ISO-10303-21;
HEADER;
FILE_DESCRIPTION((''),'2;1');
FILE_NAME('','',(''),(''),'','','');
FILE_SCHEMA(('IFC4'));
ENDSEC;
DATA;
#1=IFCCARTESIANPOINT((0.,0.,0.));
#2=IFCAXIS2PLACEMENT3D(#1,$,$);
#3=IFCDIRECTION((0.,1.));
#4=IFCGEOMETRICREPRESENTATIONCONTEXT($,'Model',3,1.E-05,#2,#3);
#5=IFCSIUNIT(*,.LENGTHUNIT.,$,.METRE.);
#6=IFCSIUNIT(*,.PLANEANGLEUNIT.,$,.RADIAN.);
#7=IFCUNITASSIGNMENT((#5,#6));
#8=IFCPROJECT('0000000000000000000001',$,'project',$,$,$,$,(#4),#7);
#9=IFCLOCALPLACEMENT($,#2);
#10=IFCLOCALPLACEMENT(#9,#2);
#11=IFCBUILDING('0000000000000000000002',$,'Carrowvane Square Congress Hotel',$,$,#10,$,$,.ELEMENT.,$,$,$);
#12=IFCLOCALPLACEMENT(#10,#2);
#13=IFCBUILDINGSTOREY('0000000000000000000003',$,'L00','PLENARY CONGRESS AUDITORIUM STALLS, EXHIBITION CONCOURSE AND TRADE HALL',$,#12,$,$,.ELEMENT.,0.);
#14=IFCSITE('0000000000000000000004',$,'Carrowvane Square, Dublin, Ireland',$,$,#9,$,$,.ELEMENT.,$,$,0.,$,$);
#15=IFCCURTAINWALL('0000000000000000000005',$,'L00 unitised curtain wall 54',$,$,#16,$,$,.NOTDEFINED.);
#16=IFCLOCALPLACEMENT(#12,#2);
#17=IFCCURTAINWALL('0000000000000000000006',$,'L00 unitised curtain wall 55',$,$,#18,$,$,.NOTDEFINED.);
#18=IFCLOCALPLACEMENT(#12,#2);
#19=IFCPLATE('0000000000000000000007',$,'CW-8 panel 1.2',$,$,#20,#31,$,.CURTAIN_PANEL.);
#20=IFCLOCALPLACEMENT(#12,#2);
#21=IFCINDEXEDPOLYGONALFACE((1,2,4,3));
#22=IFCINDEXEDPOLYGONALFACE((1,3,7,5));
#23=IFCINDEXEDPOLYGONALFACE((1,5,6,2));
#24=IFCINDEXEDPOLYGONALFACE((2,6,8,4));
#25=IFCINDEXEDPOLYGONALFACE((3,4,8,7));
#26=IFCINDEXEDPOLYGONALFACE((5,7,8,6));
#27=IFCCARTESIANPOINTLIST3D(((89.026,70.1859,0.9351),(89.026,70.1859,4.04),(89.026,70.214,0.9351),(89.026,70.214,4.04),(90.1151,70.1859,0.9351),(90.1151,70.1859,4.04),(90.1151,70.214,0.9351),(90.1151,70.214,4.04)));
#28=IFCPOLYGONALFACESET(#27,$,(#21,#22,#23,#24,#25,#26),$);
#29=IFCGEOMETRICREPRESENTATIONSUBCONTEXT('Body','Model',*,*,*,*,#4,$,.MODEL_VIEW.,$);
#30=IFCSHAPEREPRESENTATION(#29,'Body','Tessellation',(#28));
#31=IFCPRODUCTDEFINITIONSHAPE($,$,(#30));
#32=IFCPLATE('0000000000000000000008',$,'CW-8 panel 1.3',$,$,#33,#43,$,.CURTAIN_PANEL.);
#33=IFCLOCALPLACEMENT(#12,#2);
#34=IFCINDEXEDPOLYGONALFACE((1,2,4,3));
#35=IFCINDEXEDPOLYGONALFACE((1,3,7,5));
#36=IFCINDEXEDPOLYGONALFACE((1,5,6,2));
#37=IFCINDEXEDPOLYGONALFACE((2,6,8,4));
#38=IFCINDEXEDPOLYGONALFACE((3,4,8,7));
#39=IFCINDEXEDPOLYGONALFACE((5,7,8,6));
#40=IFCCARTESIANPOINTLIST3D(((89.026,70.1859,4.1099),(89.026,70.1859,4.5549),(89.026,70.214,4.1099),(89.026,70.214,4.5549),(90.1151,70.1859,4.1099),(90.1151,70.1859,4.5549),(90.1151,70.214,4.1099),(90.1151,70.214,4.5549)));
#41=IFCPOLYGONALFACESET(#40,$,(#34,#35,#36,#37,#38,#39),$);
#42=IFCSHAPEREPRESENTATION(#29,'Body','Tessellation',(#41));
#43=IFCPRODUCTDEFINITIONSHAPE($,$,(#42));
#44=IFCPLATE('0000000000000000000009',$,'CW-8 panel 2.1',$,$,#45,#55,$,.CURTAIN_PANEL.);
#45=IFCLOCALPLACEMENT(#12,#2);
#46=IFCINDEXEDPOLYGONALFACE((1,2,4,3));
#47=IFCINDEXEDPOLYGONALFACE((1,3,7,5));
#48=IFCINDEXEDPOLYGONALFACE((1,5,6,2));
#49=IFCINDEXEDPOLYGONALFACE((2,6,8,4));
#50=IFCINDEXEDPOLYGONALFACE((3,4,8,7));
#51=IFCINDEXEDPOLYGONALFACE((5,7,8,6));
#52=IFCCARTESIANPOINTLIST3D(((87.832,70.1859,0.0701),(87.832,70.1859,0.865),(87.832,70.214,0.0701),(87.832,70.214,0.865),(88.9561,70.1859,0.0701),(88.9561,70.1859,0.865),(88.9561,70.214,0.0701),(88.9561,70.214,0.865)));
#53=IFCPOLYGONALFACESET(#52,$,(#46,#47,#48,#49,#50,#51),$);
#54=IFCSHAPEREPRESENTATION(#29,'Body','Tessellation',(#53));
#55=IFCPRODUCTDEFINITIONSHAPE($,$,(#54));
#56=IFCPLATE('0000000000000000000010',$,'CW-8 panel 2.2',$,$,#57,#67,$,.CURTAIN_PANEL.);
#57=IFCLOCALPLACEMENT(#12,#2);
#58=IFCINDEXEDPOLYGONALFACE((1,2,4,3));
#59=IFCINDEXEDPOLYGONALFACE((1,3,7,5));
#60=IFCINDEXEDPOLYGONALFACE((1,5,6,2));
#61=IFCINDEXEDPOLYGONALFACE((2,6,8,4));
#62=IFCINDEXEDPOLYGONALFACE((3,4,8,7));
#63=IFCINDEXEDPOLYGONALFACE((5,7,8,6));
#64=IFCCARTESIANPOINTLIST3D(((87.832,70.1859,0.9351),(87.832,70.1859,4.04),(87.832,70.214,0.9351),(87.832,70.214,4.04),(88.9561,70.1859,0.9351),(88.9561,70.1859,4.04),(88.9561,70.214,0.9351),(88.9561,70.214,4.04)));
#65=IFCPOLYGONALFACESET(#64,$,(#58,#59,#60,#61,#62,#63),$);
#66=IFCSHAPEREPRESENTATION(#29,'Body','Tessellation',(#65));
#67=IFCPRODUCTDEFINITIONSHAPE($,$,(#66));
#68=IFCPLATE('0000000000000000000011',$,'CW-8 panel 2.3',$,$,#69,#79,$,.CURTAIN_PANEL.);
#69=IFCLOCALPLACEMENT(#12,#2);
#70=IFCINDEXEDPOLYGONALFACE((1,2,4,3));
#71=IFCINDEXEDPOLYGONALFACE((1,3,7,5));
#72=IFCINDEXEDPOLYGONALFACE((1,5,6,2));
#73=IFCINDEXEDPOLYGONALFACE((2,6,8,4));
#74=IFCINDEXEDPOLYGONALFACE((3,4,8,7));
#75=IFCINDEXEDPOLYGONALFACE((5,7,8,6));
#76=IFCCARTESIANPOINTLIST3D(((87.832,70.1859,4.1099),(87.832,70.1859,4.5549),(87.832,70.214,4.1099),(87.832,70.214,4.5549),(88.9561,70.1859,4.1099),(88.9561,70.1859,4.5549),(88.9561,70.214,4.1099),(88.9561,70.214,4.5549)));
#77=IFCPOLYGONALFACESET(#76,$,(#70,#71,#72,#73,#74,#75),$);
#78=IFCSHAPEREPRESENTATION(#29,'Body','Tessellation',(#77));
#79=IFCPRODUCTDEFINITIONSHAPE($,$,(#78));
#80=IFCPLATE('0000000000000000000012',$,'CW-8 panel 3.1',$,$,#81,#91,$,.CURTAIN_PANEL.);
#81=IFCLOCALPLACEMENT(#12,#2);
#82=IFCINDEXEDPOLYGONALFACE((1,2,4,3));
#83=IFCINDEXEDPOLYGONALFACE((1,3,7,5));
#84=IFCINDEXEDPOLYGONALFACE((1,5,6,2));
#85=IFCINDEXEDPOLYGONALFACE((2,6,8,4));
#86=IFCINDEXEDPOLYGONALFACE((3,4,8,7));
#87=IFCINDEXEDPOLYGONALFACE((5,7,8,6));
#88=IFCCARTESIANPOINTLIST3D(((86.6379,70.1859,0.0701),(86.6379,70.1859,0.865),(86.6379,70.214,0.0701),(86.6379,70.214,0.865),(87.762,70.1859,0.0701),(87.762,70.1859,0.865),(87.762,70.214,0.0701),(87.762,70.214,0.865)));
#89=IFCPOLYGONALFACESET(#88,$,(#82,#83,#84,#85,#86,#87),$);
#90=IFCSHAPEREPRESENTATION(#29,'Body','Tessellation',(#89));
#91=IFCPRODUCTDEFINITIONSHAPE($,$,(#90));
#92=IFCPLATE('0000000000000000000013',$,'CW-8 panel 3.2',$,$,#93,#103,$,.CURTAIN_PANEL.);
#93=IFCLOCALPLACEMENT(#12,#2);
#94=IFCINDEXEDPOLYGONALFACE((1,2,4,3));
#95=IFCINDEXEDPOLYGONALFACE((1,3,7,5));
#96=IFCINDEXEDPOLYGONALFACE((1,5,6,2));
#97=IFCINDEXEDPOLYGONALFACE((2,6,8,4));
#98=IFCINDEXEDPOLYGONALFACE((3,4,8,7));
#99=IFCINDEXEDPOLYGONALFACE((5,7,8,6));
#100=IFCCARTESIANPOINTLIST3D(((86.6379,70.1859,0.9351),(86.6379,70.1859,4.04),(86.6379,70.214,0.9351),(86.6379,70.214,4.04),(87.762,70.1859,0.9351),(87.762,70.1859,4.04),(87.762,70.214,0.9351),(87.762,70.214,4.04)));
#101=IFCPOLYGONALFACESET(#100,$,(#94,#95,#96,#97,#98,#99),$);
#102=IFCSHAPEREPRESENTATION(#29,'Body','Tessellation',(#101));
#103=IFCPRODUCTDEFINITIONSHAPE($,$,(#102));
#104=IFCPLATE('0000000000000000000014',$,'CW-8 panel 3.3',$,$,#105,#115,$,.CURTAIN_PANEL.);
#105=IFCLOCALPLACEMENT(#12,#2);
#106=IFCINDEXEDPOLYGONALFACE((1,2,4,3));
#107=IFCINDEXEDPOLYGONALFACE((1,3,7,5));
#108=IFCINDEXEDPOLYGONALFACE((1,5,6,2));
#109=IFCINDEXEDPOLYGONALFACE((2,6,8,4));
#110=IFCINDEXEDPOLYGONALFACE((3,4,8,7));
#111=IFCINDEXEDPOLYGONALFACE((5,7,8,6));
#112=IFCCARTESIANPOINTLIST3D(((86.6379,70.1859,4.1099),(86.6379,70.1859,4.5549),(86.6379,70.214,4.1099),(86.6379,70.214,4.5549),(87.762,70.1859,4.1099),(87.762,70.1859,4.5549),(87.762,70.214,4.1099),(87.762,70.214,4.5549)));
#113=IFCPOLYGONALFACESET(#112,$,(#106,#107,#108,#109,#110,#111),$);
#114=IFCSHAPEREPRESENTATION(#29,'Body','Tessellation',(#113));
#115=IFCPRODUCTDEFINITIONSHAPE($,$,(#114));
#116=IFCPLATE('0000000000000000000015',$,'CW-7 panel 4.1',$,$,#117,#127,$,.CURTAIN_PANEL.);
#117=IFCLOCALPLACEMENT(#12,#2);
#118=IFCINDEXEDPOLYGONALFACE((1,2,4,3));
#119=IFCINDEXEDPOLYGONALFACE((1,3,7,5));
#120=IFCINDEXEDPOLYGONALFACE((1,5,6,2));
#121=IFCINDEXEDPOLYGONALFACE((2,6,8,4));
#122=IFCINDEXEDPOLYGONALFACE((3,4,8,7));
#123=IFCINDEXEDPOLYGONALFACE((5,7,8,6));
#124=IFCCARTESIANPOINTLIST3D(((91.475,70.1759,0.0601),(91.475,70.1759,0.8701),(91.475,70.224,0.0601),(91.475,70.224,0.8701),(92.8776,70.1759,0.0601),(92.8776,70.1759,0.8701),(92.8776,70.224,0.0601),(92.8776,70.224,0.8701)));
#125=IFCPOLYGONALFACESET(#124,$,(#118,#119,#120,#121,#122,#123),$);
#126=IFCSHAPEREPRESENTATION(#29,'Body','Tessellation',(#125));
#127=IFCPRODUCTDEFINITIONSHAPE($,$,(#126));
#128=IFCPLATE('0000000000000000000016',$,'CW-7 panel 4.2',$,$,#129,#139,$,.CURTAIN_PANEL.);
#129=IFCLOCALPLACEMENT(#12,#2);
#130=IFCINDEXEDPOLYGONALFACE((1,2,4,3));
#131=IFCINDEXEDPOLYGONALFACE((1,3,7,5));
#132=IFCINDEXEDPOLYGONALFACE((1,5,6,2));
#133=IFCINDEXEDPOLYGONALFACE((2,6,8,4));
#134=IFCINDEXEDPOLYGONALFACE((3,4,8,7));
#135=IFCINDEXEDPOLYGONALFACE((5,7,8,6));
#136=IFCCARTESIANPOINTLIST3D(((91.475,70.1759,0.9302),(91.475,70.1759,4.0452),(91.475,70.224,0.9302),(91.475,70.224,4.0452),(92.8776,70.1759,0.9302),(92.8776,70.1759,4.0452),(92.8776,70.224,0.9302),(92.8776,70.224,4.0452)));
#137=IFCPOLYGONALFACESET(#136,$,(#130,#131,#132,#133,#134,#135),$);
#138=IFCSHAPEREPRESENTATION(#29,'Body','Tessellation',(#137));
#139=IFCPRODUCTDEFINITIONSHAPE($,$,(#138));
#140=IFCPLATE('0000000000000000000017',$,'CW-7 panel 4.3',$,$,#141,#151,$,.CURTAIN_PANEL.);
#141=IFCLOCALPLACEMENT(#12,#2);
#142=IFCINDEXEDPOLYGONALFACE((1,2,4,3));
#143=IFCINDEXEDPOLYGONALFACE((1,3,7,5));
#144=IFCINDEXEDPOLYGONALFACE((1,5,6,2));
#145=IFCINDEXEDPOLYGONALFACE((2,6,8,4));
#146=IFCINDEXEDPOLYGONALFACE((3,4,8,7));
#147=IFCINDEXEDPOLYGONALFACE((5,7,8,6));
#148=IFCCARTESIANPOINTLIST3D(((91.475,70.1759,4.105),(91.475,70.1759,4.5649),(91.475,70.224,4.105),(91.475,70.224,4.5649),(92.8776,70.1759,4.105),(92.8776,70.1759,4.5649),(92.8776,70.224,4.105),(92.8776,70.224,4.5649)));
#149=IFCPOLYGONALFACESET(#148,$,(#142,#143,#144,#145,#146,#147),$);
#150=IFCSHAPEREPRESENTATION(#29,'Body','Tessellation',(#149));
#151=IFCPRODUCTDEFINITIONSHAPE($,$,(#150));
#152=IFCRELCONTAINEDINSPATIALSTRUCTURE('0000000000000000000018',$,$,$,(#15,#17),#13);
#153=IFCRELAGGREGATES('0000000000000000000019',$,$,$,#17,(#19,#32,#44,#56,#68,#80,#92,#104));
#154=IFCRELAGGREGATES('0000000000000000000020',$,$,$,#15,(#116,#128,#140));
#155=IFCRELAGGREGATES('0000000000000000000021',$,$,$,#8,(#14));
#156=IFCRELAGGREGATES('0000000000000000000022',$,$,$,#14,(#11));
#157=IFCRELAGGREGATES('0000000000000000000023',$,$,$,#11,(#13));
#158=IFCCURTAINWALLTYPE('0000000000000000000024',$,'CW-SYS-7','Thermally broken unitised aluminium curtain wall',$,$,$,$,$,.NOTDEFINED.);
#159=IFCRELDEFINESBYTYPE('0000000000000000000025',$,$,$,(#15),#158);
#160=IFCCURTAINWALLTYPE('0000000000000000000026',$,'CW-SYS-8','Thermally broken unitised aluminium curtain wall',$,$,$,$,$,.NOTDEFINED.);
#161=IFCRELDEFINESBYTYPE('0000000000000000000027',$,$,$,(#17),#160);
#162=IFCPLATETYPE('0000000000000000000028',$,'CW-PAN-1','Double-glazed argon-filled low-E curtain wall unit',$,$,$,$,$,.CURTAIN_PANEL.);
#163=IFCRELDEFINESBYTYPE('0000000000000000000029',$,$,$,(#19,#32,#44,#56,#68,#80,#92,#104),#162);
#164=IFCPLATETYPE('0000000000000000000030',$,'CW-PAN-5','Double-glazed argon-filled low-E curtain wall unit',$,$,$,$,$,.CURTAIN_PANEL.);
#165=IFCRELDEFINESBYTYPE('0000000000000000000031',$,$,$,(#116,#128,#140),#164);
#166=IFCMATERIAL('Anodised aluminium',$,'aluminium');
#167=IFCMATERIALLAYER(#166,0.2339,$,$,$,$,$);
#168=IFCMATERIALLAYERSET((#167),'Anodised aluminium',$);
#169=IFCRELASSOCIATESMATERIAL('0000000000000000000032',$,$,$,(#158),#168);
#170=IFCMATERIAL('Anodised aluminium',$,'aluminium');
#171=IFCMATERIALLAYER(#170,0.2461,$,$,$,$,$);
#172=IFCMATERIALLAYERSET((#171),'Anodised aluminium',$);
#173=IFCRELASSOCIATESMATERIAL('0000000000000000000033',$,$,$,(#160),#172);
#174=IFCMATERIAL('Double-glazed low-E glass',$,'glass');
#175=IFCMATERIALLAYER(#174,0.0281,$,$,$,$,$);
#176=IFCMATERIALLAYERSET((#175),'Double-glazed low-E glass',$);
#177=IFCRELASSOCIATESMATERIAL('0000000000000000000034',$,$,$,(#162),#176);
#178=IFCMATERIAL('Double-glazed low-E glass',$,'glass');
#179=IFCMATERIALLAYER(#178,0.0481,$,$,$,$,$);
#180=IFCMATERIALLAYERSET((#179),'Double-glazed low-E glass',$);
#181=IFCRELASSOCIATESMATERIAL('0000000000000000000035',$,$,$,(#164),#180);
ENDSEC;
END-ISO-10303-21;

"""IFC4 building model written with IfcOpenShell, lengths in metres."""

from ifc_helpers import new_model, si_unit, direction, frame, origin, origin_2d, place, context, subcontext, project, spatial, rectangle, extrude, material, layer, layer_set, type_object, element, aggregate, save


model = new_model("IFC4")

# Units and contexts
model_context = context("Model", 3, precision=1e-05, world=origin(), true_north=direction((0.0, 1.0)))
body_context = subcontext(model_context, "Body", "Model", "MODEL_VIEW")
ifc_project = project(units=[si_unit("LENGTHUNIT", "METRE"), si_unit("PLANEANGLEUNIT", "RADIAN")], contexts=[model_context])

# Site, building, storey
site_placement = place(None, origin())
site = spatial("IfcSite", under=ifc_project, at=site_placement, Name="Carrowvane Square, Dublin, Ireland", CompositionType="ELEMENT", RefElevation=0.0)
building_placement = place(site_placement, origin())
building = spatial("IfcBuilding", under=site, at=building_placement, Name="Carrowvane Square Congress Hotel", CompositionType="ELEMENT")
storey_placement = place(building_placement, origin())
storey = spatial("IfcBuildingStorey", under=building, at=storey_placement, Name="L00", Description="PLENARY CONGRESS AUDITORIUM STALLS, EXHIBITION CONCOURSE AND TRADE HALL", CompositionType="ELEMENT", Elevation=0.0)

# Curtain walls
ifc_material_1 = material(Name="Anodised aluminium", Category="aluminium")
ifc_layer_1 = layer(ifc_material_1, 0.2339)
ifc_layer_set_1 = layer_set([ifc_layer_1], Name="Anodised aluminium")
curtain_wall_type_1 = type_object("IfcCurtainWallType", Name="CW-SYS-7", Description="Thermally broken unitised aluminium curtain wall", PredefinedType="NOTDEFINED", material=ifc_layer_set_1)
curtain_wall_1_placement = place(storey_placement, origin())
curtain_wall_1 = element("IfcCurtainWall", 1, at=curtain_wall_1_placement, inside=storey, type_object=curtain_wall_type_1, Name="L00 unitised curtain wall 54", PredefinedType="NOTDEFINED")
ifc_material_2 = material(Name="Anodised aluminium", Category="aluminium")
ifc_layer_2 = layer(ifc_material_2, 0.2461)
ifc_layer_set_2 = layer_set([ifc_layer_2], Name="Anodised aluminium")
curtain_wall_type_2 = type_object("IfcCurtainWallType", Name="CW-SYS-8", Description="Thermally broken unitised aluminium curtain wall", PredefinedType="NOTDEFINED", material=ifc_layer_set_2)
curtain_wall_2_placement = place(storey_placement, origin())
curtain_wall_2 = element("IfcCurtainWall", 2, at=curtain_wall_2_placement, inside=storey, type_object=curtain_wall_type_2, Name="L00 unitised curtain wall 55", PredefinedType="NOTDEFINED")

# Plates
ifc_material_3 = material(Name="Double-glazed low-E glass", Category="glass")
ifc_layer_3 = layer(ifc_material_3, 0.0281)
ifc_layer_set_3 = layer_set([ifc_layer_3], Name="Double-glazed low-E glass")
plate_type_1 = type_object("IfcPlateType", Name="CW-PAN-1", Description="Double-glazed argon-filled low-E curtain wall unit", PredefinedType="CURTAIN_PANEL", material=ifc_layer_set_3)
plate_1_placement = place(storey_placement, frame((89.5706, 70.2, 0.9351), z_axis=(0.0, 0.0, 1.0), x_axis=(-1.0, 0.0, 0.0)))
plate_1 = element("IfcPlate", 3, at=plate_1_placement, type_object=plate_type_1, Name="CW-8 panel 1.2", PredefinedType="CURTAIN_PANEL", context=body_context, shape_type="SweptSolid", body=[
    extrude(rectangle(XDim=1.0891, YDim=0.0281, at=origin_2d()), origin(), (0.0, 0.0, 1.0), 3.105),
])
plate_2_placement = place(storey_placement, frame((89.5706, 70.2, 4.1099), z_axis=(0.0, 0.0, 1.0), x_axis=(-1.0, 0.0, 0.0)))
plate_2 = element("IfcPlate", 4, at=plate_2_placement, type_object=plate_type_1, Name="CW-8 panel 1.3", PredefinedType="CURTAIN_PANEL", context=body_context, shape_type="SweptSolid", body=[
    extrude(rectangle(XDim=1.0891, YDim=0.0281, at=origin_2d()), origin(), (0.0, 0.0, 1.0), 0.4451),
])
plate_3_placement = place(storey_placement, frame((88.394, 70.2, 0.0701), z_axis=(0.0, 0.0, 1.0), x_axis=(-1.0, 0.0, 0.0)))
plate_3 = element("IfcPlate", 5, at=plate_3_placement, type_object=plate_type_1, Name="CW-8 panel 2.1", PredefinedType="CURTAIN_PANEL", context=body_context, shape_type="SweptSolid", body=[
    extrude(rectangle(XDim=1.124, YDim=0.0281, at=origin_2d()), origin(), (0.0, 0.0, 1.0), 0.7949),
])
plate_4_placement = place(storey_placement, frame((88.394, 70.2, 0.9351), z_axis=(0.0, 0.0, 1.0), x_axis=(-1.0, 0.0, 0.0)))
plate_4 = element("IfcPlate", 6, at=plate_4_placement, type_object=plate_type_1, Name="CW-8 panel 2.2", PredefinedType="CURTAIN_PANEL", context=body_context, shape_type="SweptSolid", body=[
    extrude(rectangle(XDim=1.124, YDim=0.0281, at=origin_2d()), origin(), (0.0, 0.0, 1.0), 3.105),
])
plate_5_placement = place(storey_placement, frame((88.394, 70.2, 4.1099), z_axis=(0.0, 0.0, 1.0), x_axis=(-1.0, 0.0, 0.0)))
plate_5 = element("IfcPlate", 7, at=plate_5_placement, type_object=plate_type_1, Name="CW-8 panel 2.3", PredefinedType="CURTAIN_PANEL", context=body_context, shape_type="SweptSolid", body=[
    extrude(rectangle(XDim=1.124, YDim=0.0281, at=origin_2d()), origin(), (0.0, 0.0, 1.0), 0.4451),
])
plate_6_placement = place(storey_placement, frame((87.2, 70.2, 0.0701), z_axis=(0.0, 0.0, 1.0), x_axis=(-1.0, 0.0, 0.0)))
plate_6 = element("IfcPlate", 8, at=plate_6_placement, type_object=plate_type_1, Name="CW-8 panel 3.1", PredefinedType="CURTAIN_PANEL", context=body_context, shape_type="SweptSolid", body=[
    extrude(rectangle(XDim=1.124, YDim=0.0281, at=origin_2d()), origin(), (0.0, 0.0, 1.0), 0.7949),
])
plate_7_placement = place(storey_placement, frame((87.2, 70.2, 0.9351), z_axis=(0.0, 0.0, 1.0), x_axis=(-1.0, 0.0, 0.0)))
plate_7 = element("IfcPlate", 9, at=plate_7_placement, type_object=plate_type_1, Name="CW-8 panel 3.2", PredefinedType="CURTAIN_PANEL", context=body_context, shape_type="SweptSolid", body=[
    extrude(rectangle(XDim=1.124, YDim=0.0281, at=origin_2d()), origin(), (0.0, 0.0, 1.0), 3.105),
])
plate_8_placement = place(storey_placement, frame((87.2, 70.2, 4.1099), z_axis=(0.0, 0.0, 1.0), x_axis=(-1.0, 0.0, 0.0)))
plate_8 = element("IfcPlate", 10, at=plate_8_placement, type_object=plate_type_1, Name="CW-8 panel 3.3", PredefinedType="CURTAIN_PANEL", context=body_context, shape_type="SweptSolid", body=[
    extrude(rectangle(XDim=1.124, YDim=0.0281, at=origin_2d()), origin(), (0.0, 0.0, 1.0), 0.4451),
])
aggregate(curtain_wall_2, [plate_1, plate_2, plate_3, plate_4, plate_5, plate_6, plate_7, plate_8])
ifc_material_4 = material(Name="Double-glazed low-E glass", Category="glass")
ifc_layer_4 = layer(ifc_material_4, 0.0481)
ifc_layer_set_4 = layer_set([ifc_layer_4], Name="Double-glazed low-E glass")
plate_type_2 = type_object("IfcPlateType", Name="CW-PAN-5", Description="Double-glazed argon-filled low-E curtain wall unit", PredefinedType="CURTAIN_PANEL", material=ifc_layer_set_4)
plate_9_placement = place(storey_placement, frame((92.1763, 70.2, 0.0601), z_axis=(0.0, 0.0, 1.0), x_axis=(-1.0, 0.0, 0.0)))
plate_9 = element("IfcPlate", 11, at=plate_9_placement, type_object=plate_type_2, Name="CW-7 panel 4.1", PredefinedType="CURTAIN_PANEL", context=body_context, shape_type="SweptSolid", body=[
    extrude(rectangle(XDim=1.4026, YDim=0.0481, at=origin_2d()), origin(), (0.0, 0.0, 1.0), 0.8101),
])
plate_10_placement = place(storey_placement, frame((92.1763, 70.2, 0.9302), z_axis=(0.0, 0.0, 1.0), x_axis=(-1.0, 0.0, 0.0)))
plate_10 = element("IfcPlate", 12, at=plate_10_placement, type_object=plate_type_2, Name="CW-7 panel 4.2", PredefinedType="CURTAIN_PANEL", context=body_context, shape_type="SweptSolid", body=[
    extrude(rectangle(XDim=1.4026, YDim=0.0481, at=origin_2d()), origin(), (0.0, 0.0, 1.0), 3.115),
])
plate_11_placement = place(storey_placement, frame((92.1763, 70.2, 4.105), z_axis=(0.0, 0.0, 1.0), x_axis=(-1.0, 0.0, 0.0)))
plate_11 = element("IfcPlate", 13, at=plate_11_placement, type_object=plate_type_2, Name="CW-7 panel 4.3", PredefinedType="CURTAIN_PANEL", context=body_context, shape_type="SweptSolid", body=[
    extrude(rectangle(XDim=1.4026, YDim=0.0481, at=origin_2d()), origin(), (0.0, 0.0, 1.0), 0.46),
])
aggregate(curtain_wall_1, [plate_9, plate_10, plate_11])

save(model, "model.ifc")
